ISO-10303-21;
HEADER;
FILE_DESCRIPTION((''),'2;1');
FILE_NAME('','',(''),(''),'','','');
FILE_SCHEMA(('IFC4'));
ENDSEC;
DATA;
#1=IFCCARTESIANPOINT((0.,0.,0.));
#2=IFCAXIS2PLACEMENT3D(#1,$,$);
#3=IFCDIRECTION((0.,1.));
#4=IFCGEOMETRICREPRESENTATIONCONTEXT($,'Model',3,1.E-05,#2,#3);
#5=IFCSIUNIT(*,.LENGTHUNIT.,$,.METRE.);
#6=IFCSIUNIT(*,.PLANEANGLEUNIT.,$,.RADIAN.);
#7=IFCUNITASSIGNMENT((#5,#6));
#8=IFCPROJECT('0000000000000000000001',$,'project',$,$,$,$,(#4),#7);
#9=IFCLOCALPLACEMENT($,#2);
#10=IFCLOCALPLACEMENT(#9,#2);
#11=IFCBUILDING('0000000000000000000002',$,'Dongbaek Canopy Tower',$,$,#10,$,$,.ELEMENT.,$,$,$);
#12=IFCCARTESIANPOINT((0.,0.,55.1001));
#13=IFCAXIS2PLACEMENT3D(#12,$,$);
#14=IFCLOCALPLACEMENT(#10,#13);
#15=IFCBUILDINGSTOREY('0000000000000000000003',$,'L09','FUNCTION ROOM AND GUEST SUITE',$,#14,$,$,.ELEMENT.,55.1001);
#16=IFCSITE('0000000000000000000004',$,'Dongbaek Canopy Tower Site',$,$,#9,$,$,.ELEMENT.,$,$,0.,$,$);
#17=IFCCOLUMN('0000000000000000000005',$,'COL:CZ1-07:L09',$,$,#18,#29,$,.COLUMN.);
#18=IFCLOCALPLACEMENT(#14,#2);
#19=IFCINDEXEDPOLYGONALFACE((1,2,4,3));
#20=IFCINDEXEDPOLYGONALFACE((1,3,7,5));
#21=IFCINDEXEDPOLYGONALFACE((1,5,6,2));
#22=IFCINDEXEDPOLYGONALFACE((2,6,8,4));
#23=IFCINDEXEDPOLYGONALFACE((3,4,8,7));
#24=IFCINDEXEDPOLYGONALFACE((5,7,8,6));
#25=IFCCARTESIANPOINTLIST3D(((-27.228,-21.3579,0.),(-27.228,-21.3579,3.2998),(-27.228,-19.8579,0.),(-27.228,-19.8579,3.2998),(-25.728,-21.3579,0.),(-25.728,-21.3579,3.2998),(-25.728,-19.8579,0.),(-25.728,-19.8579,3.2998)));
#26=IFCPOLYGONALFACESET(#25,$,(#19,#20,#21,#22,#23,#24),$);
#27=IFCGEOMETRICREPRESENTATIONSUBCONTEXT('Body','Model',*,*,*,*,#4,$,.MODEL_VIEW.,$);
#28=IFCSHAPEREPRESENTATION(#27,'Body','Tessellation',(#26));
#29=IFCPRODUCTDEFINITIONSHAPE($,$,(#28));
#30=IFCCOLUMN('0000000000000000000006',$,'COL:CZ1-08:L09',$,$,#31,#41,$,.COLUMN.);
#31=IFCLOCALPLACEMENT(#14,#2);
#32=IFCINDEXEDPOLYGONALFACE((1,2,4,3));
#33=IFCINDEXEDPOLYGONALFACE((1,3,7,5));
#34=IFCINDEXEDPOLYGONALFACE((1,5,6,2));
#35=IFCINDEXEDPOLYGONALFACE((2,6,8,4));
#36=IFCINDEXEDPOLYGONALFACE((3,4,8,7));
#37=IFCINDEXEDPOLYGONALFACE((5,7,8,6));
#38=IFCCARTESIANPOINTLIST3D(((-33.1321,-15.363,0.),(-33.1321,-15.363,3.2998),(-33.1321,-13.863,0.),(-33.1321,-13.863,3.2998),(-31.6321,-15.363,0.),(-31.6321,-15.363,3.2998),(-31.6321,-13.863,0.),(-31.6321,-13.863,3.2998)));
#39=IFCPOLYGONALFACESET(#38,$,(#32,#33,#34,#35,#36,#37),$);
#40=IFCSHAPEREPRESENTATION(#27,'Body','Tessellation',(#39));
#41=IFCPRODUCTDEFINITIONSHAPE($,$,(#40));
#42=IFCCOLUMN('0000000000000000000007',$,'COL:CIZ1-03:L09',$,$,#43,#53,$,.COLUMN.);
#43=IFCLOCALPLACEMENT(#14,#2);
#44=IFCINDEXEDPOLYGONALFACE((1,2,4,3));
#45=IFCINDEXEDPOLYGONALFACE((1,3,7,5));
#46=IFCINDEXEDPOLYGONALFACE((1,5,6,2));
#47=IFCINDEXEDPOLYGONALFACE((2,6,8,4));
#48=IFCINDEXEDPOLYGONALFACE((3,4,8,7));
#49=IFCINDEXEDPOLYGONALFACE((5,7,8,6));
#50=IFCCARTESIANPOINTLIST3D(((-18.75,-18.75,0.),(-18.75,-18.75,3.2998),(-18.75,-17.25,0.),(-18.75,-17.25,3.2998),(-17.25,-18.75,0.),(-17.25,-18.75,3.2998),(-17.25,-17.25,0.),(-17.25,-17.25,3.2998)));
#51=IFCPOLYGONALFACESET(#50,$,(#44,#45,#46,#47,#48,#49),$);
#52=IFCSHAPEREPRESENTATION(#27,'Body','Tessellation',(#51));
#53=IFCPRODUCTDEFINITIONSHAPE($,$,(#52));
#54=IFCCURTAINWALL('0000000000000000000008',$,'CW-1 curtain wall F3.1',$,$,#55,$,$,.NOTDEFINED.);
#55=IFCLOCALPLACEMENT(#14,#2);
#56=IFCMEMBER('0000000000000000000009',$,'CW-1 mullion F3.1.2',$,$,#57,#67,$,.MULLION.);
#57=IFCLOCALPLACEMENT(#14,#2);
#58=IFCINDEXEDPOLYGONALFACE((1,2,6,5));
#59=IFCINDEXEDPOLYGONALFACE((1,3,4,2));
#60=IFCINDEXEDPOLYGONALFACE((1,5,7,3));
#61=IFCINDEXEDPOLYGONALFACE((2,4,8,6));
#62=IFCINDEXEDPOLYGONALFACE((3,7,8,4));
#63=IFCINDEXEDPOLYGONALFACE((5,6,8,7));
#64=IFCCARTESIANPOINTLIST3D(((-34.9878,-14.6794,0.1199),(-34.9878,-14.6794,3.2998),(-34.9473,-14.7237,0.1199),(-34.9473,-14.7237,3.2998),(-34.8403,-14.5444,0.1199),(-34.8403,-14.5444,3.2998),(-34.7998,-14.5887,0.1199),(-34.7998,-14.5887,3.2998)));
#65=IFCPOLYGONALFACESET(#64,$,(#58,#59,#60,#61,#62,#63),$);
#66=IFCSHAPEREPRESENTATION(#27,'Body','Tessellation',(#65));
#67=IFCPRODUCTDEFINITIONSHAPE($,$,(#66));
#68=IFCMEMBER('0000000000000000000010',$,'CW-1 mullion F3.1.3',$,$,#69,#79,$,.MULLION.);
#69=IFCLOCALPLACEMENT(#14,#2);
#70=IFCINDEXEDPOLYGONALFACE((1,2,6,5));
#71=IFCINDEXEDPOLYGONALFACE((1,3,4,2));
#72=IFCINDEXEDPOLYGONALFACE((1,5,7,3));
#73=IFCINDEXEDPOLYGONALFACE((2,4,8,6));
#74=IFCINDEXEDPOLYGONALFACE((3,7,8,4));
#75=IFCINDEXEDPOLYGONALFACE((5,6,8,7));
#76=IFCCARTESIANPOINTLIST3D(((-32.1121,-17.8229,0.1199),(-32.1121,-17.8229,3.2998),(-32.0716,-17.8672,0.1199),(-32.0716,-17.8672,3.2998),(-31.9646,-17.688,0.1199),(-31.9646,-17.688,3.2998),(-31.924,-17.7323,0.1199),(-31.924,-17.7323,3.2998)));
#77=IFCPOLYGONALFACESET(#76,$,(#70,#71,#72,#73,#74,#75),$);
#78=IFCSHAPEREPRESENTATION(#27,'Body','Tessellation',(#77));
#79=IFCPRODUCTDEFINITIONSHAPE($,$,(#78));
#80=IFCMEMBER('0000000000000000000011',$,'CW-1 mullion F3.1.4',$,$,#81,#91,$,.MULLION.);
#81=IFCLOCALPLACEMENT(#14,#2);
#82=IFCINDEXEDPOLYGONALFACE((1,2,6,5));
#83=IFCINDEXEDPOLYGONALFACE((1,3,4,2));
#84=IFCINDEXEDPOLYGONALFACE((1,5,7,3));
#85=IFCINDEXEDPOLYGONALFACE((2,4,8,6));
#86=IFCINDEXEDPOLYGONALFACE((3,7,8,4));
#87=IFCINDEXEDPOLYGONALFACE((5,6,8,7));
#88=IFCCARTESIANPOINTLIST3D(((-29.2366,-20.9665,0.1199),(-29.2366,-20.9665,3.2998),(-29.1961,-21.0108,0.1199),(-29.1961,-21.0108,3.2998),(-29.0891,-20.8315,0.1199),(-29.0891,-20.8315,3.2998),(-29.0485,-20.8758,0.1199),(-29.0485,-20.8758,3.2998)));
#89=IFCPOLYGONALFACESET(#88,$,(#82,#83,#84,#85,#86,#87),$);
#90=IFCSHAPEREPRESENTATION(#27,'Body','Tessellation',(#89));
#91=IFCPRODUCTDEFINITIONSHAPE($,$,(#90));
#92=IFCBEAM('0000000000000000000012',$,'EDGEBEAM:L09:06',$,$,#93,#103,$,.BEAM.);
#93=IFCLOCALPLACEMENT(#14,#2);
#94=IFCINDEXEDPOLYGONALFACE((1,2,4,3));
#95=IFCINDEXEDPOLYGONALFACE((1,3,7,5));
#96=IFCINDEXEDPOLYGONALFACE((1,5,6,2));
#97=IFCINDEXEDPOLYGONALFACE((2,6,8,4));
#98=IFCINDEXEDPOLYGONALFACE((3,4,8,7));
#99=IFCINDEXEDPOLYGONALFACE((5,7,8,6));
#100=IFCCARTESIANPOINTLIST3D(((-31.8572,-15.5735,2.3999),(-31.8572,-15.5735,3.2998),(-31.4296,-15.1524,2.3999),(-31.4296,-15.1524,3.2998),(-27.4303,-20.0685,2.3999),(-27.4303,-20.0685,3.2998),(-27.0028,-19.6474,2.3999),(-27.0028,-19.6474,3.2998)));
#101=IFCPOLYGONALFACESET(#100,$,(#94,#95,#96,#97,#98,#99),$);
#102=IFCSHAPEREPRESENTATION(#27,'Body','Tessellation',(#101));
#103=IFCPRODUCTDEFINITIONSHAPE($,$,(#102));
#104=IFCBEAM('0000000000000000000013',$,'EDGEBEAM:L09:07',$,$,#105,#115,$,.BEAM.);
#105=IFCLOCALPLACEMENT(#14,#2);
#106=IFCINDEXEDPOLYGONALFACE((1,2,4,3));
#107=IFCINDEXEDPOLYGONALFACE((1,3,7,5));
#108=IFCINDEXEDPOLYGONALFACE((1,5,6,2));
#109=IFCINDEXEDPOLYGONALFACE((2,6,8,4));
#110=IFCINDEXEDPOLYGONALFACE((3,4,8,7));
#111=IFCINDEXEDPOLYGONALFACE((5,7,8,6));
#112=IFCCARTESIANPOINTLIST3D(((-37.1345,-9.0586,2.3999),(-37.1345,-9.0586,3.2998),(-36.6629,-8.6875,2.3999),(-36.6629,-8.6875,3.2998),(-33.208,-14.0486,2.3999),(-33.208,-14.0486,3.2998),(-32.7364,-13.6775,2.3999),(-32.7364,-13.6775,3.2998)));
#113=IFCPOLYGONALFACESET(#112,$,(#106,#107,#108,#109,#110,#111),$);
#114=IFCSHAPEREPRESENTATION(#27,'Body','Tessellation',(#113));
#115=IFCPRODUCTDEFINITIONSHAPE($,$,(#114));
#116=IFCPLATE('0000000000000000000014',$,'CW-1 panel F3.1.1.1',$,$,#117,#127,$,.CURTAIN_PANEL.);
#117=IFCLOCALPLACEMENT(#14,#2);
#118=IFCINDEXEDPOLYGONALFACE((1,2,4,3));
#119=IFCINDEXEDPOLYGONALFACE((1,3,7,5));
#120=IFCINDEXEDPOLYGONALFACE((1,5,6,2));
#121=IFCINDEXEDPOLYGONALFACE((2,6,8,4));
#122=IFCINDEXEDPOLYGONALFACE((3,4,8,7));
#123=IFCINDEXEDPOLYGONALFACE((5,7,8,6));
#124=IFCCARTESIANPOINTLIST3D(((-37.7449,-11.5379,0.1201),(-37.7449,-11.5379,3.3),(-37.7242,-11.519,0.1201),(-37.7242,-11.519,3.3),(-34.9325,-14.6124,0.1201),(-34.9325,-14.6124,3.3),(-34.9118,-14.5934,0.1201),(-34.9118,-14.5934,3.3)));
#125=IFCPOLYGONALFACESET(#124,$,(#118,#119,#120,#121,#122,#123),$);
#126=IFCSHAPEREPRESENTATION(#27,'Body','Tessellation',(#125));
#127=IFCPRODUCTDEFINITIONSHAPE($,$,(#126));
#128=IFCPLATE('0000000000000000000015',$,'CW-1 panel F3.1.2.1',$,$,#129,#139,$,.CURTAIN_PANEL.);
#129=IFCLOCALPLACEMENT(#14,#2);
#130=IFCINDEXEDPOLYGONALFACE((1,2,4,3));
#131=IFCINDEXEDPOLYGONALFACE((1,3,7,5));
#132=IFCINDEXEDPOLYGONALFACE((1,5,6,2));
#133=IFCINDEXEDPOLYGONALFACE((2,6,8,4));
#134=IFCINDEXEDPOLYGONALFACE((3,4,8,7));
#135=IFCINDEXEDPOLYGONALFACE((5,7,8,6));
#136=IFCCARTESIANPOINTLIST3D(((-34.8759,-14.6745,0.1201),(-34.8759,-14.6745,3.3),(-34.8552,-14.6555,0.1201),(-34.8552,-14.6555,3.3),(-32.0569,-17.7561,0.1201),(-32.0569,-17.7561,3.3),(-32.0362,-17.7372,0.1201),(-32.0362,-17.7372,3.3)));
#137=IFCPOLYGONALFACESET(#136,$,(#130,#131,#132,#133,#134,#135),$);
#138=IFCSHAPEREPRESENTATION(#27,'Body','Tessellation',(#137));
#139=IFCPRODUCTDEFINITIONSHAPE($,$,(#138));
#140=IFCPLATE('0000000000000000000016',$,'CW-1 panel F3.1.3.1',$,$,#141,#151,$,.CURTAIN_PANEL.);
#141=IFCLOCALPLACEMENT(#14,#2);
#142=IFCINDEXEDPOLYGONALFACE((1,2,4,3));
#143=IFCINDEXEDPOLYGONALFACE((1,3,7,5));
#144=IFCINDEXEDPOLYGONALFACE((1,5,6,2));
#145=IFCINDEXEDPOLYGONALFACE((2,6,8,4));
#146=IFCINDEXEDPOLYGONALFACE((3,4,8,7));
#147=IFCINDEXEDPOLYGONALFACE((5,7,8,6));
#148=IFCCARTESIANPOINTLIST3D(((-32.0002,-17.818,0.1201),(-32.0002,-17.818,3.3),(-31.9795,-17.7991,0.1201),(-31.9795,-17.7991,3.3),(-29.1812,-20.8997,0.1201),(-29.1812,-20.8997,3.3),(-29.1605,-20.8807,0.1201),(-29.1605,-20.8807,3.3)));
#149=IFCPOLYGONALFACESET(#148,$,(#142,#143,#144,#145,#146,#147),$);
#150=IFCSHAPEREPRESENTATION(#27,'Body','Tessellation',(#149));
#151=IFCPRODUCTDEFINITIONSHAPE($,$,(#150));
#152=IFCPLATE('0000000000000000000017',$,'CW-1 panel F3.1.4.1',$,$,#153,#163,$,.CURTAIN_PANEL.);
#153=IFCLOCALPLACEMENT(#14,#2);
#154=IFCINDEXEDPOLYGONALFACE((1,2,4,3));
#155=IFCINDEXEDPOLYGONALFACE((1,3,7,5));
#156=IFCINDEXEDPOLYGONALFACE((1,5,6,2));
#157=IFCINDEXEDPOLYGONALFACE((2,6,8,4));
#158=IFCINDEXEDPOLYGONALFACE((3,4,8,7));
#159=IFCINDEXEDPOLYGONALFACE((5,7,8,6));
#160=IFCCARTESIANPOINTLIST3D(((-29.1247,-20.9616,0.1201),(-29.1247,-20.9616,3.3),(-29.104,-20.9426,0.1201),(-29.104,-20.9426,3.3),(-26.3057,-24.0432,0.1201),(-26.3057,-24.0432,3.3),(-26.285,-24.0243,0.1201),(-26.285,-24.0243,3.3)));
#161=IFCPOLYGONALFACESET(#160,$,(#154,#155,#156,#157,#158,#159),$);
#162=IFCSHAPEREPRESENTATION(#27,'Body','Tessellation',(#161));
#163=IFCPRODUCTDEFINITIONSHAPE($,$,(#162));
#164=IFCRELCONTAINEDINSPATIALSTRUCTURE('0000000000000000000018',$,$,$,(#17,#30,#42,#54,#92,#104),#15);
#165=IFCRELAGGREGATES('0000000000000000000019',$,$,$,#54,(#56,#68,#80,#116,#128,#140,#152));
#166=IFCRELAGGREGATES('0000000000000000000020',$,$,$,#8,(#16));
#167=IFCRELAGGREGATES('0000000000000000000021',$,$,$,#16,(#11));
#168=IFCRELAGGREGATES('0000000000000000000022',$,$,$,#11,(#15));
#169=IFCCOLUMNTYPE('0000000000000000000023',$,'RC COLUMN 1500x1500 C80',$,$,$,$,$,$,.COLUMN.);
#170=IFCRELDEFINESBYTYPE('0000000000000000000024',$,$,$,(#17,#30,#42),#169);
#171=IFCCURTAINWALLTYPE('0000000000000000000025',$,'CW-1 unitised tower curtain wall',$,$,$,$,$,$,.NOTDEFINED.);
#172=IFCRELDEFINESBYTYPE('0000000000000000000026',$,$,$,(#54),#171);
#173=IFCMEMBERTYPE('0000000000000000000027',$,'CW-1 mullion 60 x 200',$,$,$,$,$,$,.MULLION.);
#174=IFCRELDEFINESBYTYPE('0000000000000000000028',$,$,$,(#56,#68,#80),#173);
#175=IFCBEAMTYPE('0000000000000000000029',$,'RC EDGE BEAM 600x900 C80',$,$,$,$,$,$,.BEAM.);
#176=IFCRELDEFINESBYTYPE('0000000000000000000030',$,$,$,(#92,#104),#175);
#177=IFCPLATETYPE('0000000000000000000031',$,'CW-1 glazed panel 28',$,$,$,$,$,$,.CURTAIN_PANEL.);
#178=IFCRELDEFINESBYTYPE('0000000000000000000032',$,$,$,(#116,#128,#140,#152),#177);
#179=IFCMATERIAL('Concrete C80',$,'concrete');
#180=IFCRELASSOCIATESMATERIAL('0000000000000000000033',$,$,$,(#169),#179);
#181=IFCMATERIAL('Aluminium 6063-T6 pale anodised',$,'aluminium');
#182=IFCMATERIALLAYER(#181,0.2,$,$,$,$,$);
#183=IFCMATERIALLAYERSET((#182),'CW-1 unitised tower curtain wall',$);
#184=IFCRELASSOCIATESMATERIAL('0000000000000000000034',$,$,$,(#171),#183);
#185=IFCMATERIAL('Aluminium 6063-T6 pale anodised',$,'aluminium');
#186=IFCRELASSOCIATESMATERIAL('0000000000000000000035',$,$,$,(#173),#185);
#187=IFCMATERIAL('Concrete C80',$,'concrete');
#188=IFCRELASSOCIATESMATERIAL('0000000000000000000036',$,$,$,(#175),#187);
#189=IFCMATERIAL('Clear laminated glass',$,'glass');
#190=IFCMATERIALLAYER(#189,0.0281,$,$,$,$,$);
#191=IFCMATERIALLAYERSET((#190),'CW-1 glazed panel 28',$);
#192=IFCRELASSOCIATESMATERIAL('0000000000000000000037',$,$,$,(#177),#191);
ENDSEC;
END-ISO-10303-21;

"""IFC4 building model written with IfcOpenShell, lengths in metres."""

from ifc_helpers import new_model, si_unit, direction, frame, origin, origin_2d, place, context, subcontext, project, spatial, rectangle, extrude, material, layer, layer_set, material_profile, profile_set, type_object, element, aggregate, save


model = new_model("IFC4")

# Units and contexts
model_context = context("Model", 3, precision=1e-05, world=origin(), true_north=direction((0.0, 1.0)))
body_context = subcontext(model_context, "Body", "Model", "MODEL_VIEW")
ifc_project = project(units=[si_unit("LENGTHUNIT", "METRE"), si_unit("PLANEANGLEUNIT", "RADIAN")], contexts=[model_context])

# Site, building, storey
site_placement = place(None, origin())
site = spatial("IfcSite", under=ifc_project, at=site_placement, Name="Dongbaek Canopy Tower Site", CompositionType="ELEMENT", RefElevation=0.0)
building_placement = place(site_placement, origin())
building = spatial("IfcBuilding", under=site, at=building_placement, Name="Dongbaek Canopy Tower", CompositionType="ELEMENT")
storey_placement = place(building_placement, frame((0.0, 0.0, 55.1001)))
storey = spatial("IfcBuildingStorey", under=building, at=storey_placement, Name="L09", Description="FUNCTION ROOM AND GUEST SUITE", CompositionType="ELEMENT", Elevation=55.1001)

# Columns
ifc_material_1 = material(Name="Concrete C80", Category="concrete")
ifc_material_profile_1 = material_profile(ifc_material_1, rectangle(XDim=1.5, YDim=1.5, at=origin_2d()), Name="RC COLUMN 1500x1500 C80")
ifc_profile_set_1 = profile_set([ifc_material_profile_1], Name="Concrete C80")
column_type = type_object("IfcColumnType", Name="RC COLUMN 1500x1500 C80", PredefinedType="COLUMN", material=ifc_profile_set_1)
for number, where, z_axis, x_axis, name in (
    (1, (-26.478, -20.6079, 0.0), (0.0, 0.0, 1.0), (1.0, 0.0, 0.0), "COL:CZ1-07:L09"),
    (2, (-32.3821, -14.613, 0.0), (0.0, 0.0, 1.0), (1.0, 0.0, 0.0), "COL:CZ1-08:L09"),
    (3, (-18.0, -18.0, 0.0), (0.0, 0.0, 1.0), (1.0, 0.0, 0.0), "COL:CIZ1-03:L09"),
):
    element("IfcColumn", number, at=place(storey_placement, frame(where, z_axis=z_axis, x_axis=x_axis)), inside=storey, type_object=column_type, Name=name, PredefinedType="COLUMN", context=body_context, shape_type="SweptSolid", body=[
        extrude(rectangle(XDim=1.5, YDim=1.5, at=origin_2d()), origin(), (0.0, 0.0, 1.0), 3.2998),
    ])

# Curtain wall, members
ifc_material_2 = material(Name="Aluminium 6063-T6 pale anodised", Category="aluminium")
ifc_layer_1 = layer(ifc_material_2, 0.2)
ifc_layer_set_1 = layer_set([ifc_layer_1], Name="CW-1 unitised tower curtain wall")
curtain_wall_type = type_object("IfcCurtainWallType", Name="CW-1 unitised tower curtain wall", PredefinedType="NOTDEFINED", material=ifc_layer_set_1)
curtain_wall_placement = place(storey_placement, origin())
curtain_wall = element("IfcCurtainWall", 4, at=curtain_wall_placement, inside=storey, type_object=curtain_wall_type, Name="CW-1 curtain wall F3.1", PredefinedType="NOTDEFINED")
ifc_material_3 = material(Name="Aluminium 6063-T6 pale anodised", Category="aluminium")
ifc_material_profile_2 = material_profile(ifc_material_3, rectangle(XDim=0.2, YDim=0.0601, at=origin_2d()), Name="CW-1 mullion 60 x 200")
ifc_profile_set_2 = profile_set([ifc_material_profile_2], Name="Aluminium 6063-T6 pale anodised")
member_type = type_object("IfcMemberType", Name="CW-1 mullion 60 x 200", PredefinedType="MULLION", material=ifc_profile_set_2)
member_1_placement = place(storey_placement, frame((-34.8938, -14.634, 0.1199), z_axis=(0.0, 0.0, 1.0), x_axis=(-0.737855, -0.674959, 0.0)))
member_1 = element("IfcMember", 5, at=member_1_placement, type_object=member_type, Name="CW-1 mullion F3.1.2", PredefinedType="MULLION", context=body_context, shape_type="SweptSolid", body=[
    extrude(rectangle(XDim=0.2, YDim=0.0601, at=origin_2d()), origin(), (0.0, 0.0, 1.0), 3.1799),
])
member_2_placement = place(storey_placement, frame((-32.0181, -17.7776, 0.1199), z_axis=(0.0, 0.0, 1.0), x_axis=(-0.737855, -0.674959, 0.0)))
member_2 = element("IfcMember", 6, at=member_2_placement, type_object=member_type, Name="CW-1 mullion F3.1.3", PredefinedType="MULLION", context=body_context, shape_type="SweptSolid", body=[
    extrude(rectangle(XDim=0.2, YDim=0.0601, at=origin_2d()), origin(), (0.0, 0.0, 1.0), 3.1799),
])
member_3_placement = place(storey_placement, frame((-29.1426, -20.9211, 0.1199), z_axis=(0.0, 0.0, 1.0), x_axis=(-0.737855, -0.674959, 0.0)))
member_3 = element("IfcMember", 7, at=member_3_placement, type_object=member_type, Name="CW-1 mullion F3.1.4", PredefinedType="MULLION", context=body_context, shape_type="SweptSolid", body=[
    extrude(rectangle(XDim=0.2, YDim=0.0601, at=origin_2d()), origin(), (0.0, 0.0, 1.0), 3.1799),
])

# Beams
ifc_material_4 = material(Name="Concrete C80", Category="concrete")
ifc_material_profile_3 = material_profile(ifc_material_4, rectangle(XDim=0.6001, YDim=0.8999, at=origin_2d()), Name="RC EDGE BEAM 600x900 C80")
ifc_profile_set_3 = profile_set([ifc_material_profile_3], Name="Concrete C80")
beam_type = type_object("IfcBeamType", Name="RC EDGE BEAM 600x900 C80", PredefinedType="BEAM", material=ifc_profile_set_3)
beam_1_placement = place(storey_placement, frame((-27.2166, -19.8579, 2.8499), z_axis=(-0.701688, 0.712485, 0.0), x_axis=(-0.712485, -0.701688, 0.0)))
element("IfcBeam", 8, at=beam_1_placement, inside=storey, type_object=beam_type, Name="EDGEBEAM:L09:06", PredefinedType="BEAM", context=body_context, shape_type="SweptSolid", body=[
    extrude(rectangle(XDim=0.6001, YDim=0.8999, at=origin_2d()), origin(), (0.0, 0.0, 1.0), 6.3088),
])
beam_2_placement = place(storey_placement, frame((-32.9722, -13.863, 2.8499), z_axis=(-0.618387, 0.785874, 0.0), x_axis=(-0.785874, -0.618387, 0.0)))
element("IfcBeam", 9, at=beam_2_placement, inside=storey, type_object=beam_type, Name="EDGEBEAM:L09:07", PredefinedType="BEAM", context=body_context, shape_type="SweptSolid", body=[
    extrude(rectangle(XDim=0.6001, YDim=0.8999, at=origin_2d()), origin(), (0.0, 0.0, 1.0), 6.3496),
])

# Plates
ifc_material_5 = material(Name="Clear laminated glass", Category="glass")
ifc_layer_2 = layer(ifc_material_5, 0.0281)
ifc_layer_set_2 = layer_set([ifc_layer_2], Name="CW-1 glazed panel 28")
plate_type = type_object("IfcPlateType", Name="CW-1 glazed panel 28", PredefinedType="CURTAIN_PANEL", material=ifc_layer_set_2)
plate_1_placement = place(storey_placement, frame((-36.3284, -13.0657, 0.1201), z_axis=(0.0, 0.0, 1.0), x_axis=(0.674959, -0.737855, 0.0)))
plate_1 = element("IfcPlate", 10, at=plate_1_placement, type_object=plate_type, Name="CW-1 panel F3.1.1.1", PredefinedType="CURTAIN_PANEL", context=body_context, shape_type="SweptSolid", body=[
    extrude(rectangle(XDim=4.1667, YDim=0.0281, at=origin_2d()), origin(), (0.0, 0.0, 1.0), 3.1799),
])
plate_2_placement = place(storey_placement, frame((-33.4561, -16.2058, 0.1201), z_axis=(0.0, 0.0, 1.0), x_axis=(0.674959, -0.737855, 0.0)))
plate_2 = element("IfcPlate", 11, at=plate_2_placement, type_object=plate_type, Name="CW-1 panel F3.1.2.1", PredefinedType="CURTAIN_PANEL", context=body_context, shape_type="SweptSolid", body=[
    extrude(rectangle(XDim=4.1765, YDim=0.0281, at=origin_2d()), origin(), (0.0, 0.0, 1.0), 3.1799),
])
plate_3_placement = place(storey_placement, frame((-30.5803, -19.3494, 0.1201), z_axis=(0.0, 0.0, 1.0), x_axis=(0.674959, -0.737855, 0.0)))
plate_3 = element("IfcPlate", 12, at=plate_3_placement, type_object=plate_type, Name="CW-1 panel F3.1.3.1", PredefinedType="CURTAIN_PANEL", context=body_context, shape_type="SweptSolid", body=[
    extrude(rectangle(XDim=4.1765, YDim=0.0281, at=origin_2d()), origin(), (0.0, 0.0, 1.0), 3.1799),
])
plate_4_placement = place(storey_placement, frame((-27.7048, -22.4929, 0.1201), z_axis=(0.0, 0.0, 1.0), x_axis=(0.674959, -0.737855, 0.0)))
plate_4 = element("IfcPlate", 13, at=plate_4_placement, type_object=plate_type, Name="CW-1 panel F3.1.4.1", PredefinedType="CURTAIN_PANEL", context=body_context, shape_type="SweptSolid", body=[
    extrude(rectangle(XDim=4.1765, YDim=0.0281, at=origin_2d()), origin(), (0.0, 0.0, 1.0), 3.1799),
])

aggregate(curtain_wall, [member_1, member_2, member_3, plate_1, plate_2, plate_3, plate_4])

save(model, "model.ifc")
